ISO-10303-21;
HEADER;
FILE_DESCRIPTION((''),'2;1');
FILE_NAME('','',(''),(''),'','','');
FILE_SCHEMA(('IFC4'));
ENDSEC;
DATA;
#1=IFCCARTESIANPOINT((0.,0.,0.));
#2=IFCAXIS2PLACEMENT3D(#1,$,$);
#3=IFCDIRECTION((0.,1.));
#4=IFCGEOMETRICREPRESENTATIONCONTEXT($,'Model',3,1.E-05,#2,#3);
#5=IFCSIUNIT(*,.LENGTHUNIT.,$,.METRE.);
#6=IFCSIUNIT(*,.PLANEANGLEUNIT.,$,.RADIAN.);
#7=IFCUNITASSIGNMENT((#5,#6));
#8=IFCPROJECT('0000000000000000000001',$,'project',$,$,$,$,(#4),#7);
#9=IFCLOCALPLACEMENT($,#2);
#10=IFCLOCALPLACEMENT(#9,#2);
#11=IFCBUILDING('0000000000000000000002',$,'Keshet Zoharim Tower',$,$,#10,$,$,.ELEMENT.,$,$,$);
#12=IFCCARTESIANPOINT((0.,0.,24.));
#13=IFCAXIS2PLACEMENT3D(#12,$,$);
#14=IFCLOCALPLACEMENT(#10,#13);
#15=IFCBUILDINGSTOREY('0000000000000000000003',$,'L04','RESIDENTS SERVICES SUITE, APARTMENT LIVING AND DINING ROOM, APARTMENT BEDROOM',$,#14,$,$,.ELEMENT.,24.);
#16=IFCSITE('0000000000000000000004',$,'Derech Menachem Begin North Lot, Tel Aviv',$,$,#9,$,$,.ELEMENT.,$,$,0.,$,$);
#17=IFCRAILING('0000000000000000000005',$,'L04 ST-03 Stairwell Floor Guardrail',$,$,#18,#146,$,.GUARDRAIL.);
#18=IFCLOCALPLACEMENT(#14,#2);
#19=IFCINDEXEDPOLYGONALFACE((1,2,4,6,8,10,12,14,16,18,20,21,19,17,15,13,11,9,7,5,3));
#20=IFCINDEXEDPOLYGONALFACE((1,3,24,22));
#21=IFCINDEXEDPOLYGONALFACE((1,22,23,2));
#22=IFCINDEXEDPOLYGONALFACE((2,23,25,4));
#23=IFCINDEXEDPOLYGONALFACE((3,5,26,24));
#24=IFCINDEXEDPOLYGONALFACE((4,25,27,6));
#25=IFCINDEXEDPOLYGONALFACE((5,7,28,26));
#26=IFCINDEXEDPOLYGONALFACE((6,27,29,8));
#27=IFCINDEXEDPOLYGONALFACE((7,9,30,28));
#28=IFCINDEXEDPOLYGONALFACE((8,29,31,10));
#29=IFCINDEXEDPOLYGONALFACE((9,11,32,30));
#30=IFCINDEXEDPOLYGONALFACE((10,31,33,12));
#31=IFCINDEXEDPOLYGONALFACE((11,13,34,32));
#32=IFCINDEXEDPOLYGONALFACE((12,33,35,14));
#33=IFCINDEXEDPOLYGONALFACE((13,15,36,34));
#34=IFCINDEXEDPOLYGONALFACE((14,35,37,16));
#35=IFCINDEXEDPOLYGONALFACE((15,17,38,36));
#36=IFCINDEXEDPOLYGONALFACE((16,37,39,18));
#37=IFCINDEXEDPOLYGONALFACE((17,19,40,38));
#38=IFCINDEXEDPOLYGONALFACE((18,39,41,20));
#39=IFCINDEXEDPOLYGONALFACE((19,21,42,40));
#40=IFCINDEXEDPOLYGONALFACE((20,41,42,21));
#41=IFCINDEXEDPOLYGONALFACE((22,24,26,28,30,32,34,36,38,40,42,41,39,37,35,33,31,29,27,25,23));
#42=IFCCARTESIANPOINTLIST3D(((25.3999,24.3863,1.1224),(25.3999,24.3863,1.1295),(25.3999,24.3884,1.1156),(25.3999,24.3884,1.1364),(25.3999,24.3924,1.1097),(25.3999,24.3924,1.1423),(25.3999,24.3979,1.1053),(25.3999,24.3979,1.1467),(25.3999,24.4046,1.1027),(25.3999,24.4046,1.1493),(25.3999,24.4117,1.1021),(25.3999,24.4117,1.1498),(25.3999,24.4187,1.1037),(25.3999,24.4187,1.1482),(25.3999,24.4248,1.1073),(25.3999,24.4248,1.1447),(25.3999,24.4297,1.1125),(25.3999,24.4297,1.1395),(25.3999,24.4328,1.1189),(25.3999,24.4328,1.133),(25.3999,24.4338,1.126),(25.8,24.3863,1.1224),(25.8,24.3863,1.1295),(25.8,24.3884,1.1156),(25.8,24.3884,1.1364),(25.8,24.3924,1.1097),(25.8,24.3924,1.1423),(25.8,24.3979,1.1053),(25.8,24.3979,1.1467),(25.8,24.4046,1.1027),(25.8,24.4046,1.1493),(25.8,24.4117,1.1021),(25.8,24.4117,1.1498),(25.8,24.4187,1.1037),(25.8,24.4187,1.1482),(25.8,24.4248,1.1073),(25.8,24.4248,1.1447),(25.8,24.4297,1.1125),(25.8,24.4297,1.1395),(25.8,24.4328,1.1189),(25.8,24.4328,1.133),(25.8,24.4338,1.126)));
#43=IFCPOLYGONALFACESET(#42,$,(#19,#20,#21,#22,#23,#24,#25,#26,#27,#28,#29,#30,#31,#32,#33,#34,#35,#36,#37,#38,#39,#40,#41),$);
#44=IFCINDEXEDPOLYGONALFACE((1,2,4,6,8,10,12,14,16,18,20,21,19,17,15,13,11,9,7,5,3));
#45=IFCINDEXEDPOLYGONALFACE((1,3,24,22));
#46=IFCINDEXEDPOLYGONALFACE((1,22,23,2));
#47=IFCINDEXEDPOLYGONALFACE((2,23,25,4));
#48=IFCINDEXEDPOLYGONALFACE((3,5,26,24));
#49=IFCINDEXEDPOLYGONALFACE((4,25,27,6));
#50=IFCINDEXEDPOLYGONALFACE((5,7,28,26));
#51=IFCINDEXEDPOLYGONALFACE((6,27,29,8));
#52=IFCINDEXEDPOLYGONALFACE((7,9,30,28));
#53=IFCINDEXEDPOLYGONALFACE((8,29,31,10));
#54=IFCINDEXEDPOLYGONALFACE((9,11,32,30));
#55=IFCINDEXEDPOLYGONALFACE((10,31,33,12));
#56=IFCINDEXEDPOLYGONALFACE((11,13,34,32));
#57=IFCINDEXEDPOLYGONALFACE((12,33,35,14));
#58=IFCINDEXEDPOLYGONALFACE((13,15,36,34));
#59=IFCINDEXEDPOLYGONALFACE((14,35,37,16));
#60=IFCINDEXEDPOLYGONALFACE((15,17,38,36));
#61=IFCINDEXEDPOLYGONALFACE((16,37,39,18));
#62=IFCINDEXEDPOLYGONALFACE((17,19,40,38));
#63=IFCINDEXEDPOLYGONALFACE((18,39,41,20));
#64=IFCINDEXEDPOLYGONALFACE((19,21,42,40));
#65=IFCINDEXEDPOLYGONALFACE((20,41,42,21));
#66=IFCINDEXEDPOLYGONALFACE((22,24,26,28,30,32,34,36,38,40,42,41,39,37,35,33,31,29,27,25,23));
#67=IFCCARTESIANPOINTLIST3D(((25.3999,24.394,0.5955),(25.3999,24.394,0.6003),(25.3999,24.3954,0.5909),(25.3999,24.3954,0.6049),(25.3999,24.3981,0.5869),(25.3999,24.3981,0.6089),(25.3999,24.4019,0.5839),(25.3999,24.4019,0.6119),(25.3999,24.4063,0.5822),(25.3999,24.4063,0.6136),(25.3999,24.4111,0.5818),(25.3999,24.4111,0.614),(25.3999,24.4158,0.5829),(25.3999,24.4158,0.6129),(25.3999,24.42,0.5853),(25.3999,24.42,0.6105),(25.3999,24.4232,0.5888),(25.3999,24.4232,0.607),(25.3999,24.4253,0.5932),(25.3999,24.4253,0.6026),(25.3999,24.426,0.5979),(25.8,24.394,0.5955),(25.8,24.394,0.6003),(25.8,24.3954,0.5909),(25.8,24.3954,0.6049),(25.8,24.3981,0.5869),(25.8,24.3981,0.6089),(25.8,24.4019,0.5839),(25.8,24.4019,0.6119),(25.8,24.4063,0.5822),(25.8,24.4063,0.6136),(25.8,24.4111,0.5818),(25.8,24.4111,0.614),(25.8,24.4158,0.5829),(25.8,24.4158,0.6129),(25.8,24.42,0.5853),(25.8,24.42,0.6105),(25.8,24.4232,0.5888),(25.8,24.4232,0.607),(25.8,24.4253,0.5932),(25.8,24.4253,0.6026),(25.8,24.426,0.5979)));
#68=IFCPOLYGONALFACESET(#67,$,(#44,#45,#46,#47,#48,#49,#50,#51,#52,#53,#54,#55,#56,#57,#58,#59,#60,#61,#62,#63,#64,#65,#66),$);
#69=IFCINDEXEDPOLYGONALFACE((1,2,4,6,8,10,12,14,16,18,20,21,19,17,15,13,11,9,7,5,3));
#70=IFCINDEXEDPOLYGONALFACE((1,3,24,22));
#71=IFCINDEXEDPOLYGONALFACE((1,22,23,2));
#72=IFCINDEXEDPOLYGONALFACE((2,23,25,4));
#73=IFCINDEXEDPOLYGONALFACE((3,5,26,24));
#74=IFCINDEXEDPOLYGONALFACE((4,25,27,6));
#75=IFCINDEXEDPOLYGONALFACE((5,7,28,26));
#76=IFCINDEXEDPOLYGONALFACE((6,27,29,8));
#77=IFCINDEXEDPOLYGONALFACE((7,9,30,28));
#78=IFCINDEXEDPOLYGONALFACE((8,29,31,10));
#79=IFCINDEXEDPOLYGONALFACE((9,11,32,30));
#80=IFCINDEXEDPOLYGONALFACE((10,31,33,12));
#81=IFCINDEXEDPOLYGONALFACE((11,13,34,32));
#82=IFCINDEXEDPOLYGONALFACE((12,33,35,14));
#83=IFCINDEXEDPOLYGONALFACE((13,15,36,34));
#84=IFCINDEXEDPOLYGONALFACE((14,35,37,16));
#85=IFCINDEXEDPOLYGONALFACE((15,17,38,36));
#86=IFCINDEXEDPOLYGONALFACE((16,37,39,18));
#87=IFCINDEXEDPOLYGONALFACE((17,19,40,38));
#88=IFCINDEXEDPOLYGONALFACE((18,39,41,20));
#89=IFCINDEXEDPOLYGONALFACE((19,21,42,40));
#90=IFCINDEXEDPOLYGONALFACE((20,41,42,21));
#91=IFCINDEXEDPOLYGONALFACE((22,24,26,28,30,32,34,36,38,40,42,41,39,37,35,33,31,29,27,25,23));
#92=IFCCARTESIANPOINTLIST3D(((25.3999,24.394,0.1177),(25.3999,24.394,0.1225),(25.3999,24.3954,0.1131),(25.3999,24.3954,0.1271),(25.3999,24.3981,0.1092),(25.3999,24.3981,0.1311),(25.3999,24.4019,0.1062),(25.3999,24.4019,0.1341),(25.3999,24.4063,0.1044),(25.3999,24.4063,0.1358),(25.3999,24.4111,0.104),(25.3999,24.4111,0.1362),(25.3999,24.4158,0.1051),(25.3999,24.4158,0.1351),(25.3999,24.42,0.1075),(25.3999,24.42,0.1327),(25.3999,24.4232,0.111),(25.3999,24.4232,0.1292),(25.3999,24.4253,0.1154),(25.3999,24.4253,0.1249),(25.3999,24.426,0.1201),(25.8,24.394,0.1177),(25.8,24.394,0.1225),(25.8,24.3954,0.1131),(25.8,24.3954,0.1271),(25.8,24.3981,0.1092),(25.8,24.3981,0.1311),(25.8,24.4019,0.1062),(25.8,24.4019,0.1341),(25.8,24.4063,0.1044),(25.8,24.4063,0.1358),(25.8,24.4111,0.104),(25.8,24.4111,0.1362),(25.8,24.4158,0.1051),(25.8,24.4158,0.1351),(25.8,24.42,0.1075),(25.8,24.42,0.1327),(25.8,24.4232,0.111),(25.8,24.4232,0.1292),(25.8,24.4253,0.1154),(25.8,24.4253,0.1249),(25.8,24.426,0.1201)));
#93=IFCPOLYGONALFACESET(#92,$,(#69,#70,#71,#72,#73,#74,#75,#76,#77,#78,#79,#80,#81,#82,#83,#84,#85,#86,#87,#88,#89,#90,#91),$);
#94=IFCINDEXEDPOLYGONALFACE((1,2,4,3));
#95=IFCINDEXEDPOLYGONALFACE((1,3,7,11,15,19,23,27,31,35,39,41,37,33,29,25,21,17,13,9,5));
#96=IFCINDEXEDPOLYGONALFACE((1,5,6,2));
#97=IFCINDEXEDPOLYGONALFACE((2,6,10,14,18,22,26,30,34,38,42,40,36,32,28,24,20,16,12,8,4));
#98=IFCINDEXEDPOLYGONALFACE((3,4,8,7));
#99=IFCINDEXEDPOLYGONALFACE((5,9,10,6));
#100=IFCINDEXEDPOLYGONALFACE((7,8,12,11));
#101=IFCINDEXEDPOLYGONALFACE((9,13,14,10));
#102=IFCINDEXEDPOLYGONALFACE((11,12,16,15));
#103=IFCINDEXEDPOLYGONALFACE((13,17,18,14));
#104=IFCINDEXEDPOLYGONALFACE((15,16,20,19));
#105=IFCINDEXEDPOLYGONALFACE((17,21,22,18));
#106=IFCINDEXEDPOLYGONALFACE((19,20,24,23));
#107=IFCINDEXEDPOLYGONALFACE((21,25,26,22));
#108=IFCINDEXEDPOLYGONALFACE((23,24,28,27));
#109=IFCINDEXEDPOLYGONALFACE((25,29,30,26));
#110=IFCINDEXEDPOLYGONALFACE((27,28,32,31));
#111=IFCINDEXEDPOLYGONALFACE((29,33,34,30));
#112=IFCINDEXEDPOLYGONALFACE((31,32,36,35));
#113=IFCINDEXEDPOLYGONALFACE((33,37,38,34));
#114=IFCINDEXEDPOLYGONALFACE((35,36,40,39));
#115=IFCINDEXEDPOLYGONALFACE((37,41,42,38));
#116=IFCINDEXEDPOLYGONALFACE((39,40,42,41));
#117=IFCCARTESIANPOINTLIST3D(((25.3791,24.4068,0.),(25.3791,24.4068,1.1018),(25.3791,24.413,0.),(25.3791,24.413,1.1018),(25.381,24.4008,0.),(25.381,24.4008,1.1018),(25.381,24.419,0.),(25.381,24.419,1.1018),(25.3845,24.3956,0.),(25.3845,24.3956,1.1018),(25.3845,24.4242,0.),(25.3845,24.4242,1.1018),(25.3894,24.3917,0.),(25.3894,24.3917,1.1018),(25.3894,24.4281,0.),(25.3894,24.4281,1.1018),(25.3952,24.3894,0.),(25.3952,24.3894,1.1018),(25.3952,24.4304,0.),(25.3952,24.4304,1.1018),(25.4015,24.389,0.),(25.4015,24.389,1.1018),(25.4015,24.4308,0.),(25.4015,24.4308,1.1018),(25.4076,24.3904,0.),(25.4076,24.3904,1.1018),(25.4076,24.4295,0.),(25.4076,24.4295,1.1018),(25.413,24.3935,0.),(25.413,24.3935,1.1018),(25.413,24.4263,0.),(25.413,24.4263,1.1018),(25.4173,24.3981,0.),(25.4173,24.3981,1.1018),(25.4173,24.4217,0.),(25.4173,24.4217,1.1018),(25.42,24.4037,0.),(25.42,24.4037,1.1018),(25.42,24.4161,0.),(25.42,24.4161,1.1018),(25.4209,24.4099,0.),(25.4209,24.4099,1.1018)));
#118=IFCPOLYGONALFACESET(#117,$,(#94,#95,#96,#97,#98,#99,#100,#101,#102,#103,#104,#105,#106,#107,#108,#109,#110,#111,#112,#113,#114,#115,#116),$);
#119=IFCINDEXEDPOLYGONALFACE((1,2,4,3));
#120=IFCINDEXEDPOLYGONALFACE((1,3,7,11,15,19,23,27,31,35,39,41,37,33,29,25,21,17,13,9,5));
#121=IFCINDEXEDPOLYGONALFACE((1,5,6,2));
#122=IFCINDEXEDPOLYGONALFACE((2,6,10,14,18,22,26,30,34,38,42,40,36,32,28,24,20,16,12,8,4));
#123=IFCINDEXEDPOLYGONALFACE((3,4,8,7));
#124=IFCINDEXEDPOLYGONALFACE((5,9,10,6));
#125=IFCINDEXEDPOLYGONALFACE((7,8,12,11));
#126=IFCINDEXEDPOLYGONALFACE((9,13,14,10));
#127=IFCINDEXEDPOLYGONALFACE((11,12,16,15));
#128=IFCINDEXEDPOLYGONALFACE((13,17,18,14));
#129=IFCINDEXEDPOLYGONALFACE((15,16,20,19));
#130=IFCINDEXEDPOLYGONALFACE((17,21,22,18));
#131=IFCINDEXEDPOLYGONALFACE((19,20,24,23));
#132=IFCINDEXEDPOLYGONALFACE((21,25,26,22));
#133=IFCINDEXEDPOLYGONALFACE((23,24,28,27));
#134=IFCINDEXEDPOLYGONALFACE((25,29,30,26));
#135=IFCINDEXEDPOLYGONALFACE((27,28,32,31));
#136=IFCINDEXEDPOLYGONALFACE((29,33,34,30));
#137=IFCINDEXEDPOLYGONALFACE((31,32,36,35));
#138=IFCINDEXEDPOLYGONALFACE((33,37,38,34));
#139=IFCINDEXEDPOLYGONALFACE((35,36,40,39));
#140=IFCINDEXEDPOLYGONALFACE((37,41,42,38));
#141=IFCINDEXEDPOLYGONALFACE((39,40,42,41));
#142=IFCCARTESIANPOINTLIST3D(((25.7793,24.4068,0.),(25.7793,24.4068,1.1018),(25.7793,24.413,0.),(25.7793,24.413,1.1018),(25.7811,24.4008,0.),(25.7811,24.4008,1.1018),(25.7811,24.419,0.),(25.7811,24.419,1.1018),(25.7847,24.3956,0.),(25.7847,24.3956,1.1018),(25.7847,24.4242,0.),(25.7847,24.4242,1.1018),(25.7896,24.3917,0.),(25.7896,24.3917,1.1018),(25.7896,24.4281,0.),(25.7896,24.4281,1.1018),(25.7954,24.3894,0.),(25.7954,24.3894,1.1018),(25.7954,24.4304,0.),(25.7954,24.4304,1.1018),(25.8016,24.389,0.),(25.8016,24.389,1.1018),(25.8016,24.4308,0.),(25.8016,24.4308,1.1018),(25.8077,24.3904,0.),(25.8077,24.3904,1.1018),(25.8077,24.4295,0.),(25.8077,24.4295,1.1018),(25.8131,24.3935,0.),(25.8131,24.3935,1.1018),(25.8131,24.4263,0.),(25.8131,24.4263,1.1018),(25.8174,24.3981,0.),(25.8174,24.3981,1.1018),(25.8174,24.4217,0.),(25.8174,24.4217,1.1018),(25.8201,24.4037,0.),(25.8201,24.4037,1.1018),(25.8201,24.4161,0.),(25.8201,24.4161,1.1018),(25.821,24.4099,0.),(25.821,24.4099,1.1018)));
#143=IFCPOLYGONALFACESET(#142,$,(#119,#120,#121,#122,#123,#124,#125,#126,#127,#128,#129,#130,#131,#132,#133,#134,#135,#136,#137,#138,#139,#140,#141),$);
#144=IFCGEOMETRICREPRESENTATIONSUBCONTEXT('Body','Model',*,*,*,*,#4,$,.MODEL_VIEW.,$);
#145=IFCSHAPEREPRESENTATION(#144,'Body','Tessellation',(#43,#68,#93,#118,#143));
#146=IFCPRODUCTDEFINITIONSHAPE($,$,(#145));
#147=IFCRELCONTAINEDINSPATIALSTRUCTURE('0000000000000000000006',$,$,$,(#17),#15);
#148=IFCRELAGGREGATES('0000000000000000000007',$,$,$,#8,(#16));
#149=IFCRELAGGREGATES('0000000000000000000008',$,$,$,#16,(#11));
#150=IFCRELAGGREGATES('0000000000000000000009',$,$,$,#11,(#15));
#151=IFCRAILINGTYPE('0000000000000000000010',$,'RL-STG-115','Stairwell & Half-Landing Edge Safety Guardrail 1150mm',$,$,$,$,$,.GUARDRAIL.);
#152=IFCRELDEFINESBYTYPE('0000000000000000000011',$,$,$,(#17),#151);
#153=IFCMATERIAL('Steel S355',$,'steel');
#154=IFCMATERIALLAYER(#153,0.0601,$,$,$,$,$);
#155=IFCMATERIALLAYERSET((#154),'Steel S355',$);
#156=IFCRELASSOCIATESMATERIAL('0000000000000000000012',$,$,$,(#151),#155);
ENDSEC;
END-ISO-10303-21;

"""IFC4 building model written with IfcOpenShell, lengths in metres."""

from ifc_helpers import new_model, si_unit, direction, frame, origin, origin_2d, place, context, subcontext, project, spatial, circle, extrude, material, layer, layer_set, type_object, element, save


model = new_model("IFC4")

# Units and contexts
model_context = context("Model", 3, precision=1e-05, world=origin(), true_north=direction((0.0, 1.0)))
body_context = subcontext(model_context, "Body", "Model", "MODEL_VIEW")
ifc_project = project(units=[si_unit("LENGTHUNIT", "METRE"), si_unit("PLANEANGLEUNIT", "RADIAN")], contexts=[model_context])

# Site, building, storey
site_placement = place(None, origin())
site = spatial("IfcSite", under=ifc_project, at=site_placement, Name="Derech Menachem Begin North Lot, Tel Aviv", CompositionType="ELEMENT", RefElevation=0.0)
building_placement = place(site_placement, origin())
building = spatial("IfcBuilding", under=site, at=building_placement, Name="Keshet Zoharim Tower", CompositionType="ELEMENT")
storey_placement = place(building_placement, frame((0.0, 0.0, 24.0)))
storey = spatial("IfcBuildingStorey", under=building, at=storey_placement, Name="L04", Description="RESIDENTS SERVICES SUITE, APARTMENT LIVING AND DINING ROOM, APARTMENT BEDROOM", CompositionType="ELEMENT", Elevation=24.0)

# Shared definitions
ifc_material_1 = material(Name="Steel S355", Category="steel")

# Railing
ifc_layer_1 = layer(ifc_material_1, 0.0601)
ifc_layer_set_1 = layer_set([ifc_layer_1], Name="Steel S355")
railing_type = type_object("IfcRailingType", Name="RL-STG-115", Description="Stairwell & Half-Landing Edge Safety Guardrail 1150mm", PredefinedType="GUARDRAIL", material=ifc_layer_set_1)
railing_placement = place(storey_placement, frame((25.3999, 24.4099, 0.0)))
element("IfcRailing", 1, at=railing_placement, inside=storey, type_object=railing_type, Name="L04 ST-03 Stairwell Floor Guardrail", PredefinedType="GUARDRAIL", context=body_context, shape_type="SweptSolid", body=[
    extrude(circle(Radius=0.0239, at=origin_2d()), frame((0.0, 0.0, 1.126), z_axis=(1.0, 0.0, 0.0), x_axis=(0.0, 1.0, 0.0)), (0.0, 0.0, 1.0), 0.4001),
    extrude(circle(Radius=0.0161, at=origin_2d()), frame((0.0, 0.0, 0.5979), z_axis=(1.0, 0.0, 0.0), x_axis=(0.0, 1.0, 0.0)), (0.0, 0.0, 1.0), 0.4001),
    extrude(circle(Radius=0.0161, at=origin_2d()), frame((0.0, 0.0, 0.1201), z_axis=(1.0, 0.0, 0.0), x_axis=(0.0, 1.0, 0.0)), (0.0, 0.0, 1.0), 0.4001),
    extrude(circle(Radius=0.021, at=origin_2d()), origin(), (0.0, 0.0, 1.0), 1.1018),
    extrude(circle(Radius=0.021, at=origin_2d()), frame((0.4001, 0.0, 0.0)), (0.0, 0.0, 1.0), 1.1018),
])

save(model, "model.ifc")
